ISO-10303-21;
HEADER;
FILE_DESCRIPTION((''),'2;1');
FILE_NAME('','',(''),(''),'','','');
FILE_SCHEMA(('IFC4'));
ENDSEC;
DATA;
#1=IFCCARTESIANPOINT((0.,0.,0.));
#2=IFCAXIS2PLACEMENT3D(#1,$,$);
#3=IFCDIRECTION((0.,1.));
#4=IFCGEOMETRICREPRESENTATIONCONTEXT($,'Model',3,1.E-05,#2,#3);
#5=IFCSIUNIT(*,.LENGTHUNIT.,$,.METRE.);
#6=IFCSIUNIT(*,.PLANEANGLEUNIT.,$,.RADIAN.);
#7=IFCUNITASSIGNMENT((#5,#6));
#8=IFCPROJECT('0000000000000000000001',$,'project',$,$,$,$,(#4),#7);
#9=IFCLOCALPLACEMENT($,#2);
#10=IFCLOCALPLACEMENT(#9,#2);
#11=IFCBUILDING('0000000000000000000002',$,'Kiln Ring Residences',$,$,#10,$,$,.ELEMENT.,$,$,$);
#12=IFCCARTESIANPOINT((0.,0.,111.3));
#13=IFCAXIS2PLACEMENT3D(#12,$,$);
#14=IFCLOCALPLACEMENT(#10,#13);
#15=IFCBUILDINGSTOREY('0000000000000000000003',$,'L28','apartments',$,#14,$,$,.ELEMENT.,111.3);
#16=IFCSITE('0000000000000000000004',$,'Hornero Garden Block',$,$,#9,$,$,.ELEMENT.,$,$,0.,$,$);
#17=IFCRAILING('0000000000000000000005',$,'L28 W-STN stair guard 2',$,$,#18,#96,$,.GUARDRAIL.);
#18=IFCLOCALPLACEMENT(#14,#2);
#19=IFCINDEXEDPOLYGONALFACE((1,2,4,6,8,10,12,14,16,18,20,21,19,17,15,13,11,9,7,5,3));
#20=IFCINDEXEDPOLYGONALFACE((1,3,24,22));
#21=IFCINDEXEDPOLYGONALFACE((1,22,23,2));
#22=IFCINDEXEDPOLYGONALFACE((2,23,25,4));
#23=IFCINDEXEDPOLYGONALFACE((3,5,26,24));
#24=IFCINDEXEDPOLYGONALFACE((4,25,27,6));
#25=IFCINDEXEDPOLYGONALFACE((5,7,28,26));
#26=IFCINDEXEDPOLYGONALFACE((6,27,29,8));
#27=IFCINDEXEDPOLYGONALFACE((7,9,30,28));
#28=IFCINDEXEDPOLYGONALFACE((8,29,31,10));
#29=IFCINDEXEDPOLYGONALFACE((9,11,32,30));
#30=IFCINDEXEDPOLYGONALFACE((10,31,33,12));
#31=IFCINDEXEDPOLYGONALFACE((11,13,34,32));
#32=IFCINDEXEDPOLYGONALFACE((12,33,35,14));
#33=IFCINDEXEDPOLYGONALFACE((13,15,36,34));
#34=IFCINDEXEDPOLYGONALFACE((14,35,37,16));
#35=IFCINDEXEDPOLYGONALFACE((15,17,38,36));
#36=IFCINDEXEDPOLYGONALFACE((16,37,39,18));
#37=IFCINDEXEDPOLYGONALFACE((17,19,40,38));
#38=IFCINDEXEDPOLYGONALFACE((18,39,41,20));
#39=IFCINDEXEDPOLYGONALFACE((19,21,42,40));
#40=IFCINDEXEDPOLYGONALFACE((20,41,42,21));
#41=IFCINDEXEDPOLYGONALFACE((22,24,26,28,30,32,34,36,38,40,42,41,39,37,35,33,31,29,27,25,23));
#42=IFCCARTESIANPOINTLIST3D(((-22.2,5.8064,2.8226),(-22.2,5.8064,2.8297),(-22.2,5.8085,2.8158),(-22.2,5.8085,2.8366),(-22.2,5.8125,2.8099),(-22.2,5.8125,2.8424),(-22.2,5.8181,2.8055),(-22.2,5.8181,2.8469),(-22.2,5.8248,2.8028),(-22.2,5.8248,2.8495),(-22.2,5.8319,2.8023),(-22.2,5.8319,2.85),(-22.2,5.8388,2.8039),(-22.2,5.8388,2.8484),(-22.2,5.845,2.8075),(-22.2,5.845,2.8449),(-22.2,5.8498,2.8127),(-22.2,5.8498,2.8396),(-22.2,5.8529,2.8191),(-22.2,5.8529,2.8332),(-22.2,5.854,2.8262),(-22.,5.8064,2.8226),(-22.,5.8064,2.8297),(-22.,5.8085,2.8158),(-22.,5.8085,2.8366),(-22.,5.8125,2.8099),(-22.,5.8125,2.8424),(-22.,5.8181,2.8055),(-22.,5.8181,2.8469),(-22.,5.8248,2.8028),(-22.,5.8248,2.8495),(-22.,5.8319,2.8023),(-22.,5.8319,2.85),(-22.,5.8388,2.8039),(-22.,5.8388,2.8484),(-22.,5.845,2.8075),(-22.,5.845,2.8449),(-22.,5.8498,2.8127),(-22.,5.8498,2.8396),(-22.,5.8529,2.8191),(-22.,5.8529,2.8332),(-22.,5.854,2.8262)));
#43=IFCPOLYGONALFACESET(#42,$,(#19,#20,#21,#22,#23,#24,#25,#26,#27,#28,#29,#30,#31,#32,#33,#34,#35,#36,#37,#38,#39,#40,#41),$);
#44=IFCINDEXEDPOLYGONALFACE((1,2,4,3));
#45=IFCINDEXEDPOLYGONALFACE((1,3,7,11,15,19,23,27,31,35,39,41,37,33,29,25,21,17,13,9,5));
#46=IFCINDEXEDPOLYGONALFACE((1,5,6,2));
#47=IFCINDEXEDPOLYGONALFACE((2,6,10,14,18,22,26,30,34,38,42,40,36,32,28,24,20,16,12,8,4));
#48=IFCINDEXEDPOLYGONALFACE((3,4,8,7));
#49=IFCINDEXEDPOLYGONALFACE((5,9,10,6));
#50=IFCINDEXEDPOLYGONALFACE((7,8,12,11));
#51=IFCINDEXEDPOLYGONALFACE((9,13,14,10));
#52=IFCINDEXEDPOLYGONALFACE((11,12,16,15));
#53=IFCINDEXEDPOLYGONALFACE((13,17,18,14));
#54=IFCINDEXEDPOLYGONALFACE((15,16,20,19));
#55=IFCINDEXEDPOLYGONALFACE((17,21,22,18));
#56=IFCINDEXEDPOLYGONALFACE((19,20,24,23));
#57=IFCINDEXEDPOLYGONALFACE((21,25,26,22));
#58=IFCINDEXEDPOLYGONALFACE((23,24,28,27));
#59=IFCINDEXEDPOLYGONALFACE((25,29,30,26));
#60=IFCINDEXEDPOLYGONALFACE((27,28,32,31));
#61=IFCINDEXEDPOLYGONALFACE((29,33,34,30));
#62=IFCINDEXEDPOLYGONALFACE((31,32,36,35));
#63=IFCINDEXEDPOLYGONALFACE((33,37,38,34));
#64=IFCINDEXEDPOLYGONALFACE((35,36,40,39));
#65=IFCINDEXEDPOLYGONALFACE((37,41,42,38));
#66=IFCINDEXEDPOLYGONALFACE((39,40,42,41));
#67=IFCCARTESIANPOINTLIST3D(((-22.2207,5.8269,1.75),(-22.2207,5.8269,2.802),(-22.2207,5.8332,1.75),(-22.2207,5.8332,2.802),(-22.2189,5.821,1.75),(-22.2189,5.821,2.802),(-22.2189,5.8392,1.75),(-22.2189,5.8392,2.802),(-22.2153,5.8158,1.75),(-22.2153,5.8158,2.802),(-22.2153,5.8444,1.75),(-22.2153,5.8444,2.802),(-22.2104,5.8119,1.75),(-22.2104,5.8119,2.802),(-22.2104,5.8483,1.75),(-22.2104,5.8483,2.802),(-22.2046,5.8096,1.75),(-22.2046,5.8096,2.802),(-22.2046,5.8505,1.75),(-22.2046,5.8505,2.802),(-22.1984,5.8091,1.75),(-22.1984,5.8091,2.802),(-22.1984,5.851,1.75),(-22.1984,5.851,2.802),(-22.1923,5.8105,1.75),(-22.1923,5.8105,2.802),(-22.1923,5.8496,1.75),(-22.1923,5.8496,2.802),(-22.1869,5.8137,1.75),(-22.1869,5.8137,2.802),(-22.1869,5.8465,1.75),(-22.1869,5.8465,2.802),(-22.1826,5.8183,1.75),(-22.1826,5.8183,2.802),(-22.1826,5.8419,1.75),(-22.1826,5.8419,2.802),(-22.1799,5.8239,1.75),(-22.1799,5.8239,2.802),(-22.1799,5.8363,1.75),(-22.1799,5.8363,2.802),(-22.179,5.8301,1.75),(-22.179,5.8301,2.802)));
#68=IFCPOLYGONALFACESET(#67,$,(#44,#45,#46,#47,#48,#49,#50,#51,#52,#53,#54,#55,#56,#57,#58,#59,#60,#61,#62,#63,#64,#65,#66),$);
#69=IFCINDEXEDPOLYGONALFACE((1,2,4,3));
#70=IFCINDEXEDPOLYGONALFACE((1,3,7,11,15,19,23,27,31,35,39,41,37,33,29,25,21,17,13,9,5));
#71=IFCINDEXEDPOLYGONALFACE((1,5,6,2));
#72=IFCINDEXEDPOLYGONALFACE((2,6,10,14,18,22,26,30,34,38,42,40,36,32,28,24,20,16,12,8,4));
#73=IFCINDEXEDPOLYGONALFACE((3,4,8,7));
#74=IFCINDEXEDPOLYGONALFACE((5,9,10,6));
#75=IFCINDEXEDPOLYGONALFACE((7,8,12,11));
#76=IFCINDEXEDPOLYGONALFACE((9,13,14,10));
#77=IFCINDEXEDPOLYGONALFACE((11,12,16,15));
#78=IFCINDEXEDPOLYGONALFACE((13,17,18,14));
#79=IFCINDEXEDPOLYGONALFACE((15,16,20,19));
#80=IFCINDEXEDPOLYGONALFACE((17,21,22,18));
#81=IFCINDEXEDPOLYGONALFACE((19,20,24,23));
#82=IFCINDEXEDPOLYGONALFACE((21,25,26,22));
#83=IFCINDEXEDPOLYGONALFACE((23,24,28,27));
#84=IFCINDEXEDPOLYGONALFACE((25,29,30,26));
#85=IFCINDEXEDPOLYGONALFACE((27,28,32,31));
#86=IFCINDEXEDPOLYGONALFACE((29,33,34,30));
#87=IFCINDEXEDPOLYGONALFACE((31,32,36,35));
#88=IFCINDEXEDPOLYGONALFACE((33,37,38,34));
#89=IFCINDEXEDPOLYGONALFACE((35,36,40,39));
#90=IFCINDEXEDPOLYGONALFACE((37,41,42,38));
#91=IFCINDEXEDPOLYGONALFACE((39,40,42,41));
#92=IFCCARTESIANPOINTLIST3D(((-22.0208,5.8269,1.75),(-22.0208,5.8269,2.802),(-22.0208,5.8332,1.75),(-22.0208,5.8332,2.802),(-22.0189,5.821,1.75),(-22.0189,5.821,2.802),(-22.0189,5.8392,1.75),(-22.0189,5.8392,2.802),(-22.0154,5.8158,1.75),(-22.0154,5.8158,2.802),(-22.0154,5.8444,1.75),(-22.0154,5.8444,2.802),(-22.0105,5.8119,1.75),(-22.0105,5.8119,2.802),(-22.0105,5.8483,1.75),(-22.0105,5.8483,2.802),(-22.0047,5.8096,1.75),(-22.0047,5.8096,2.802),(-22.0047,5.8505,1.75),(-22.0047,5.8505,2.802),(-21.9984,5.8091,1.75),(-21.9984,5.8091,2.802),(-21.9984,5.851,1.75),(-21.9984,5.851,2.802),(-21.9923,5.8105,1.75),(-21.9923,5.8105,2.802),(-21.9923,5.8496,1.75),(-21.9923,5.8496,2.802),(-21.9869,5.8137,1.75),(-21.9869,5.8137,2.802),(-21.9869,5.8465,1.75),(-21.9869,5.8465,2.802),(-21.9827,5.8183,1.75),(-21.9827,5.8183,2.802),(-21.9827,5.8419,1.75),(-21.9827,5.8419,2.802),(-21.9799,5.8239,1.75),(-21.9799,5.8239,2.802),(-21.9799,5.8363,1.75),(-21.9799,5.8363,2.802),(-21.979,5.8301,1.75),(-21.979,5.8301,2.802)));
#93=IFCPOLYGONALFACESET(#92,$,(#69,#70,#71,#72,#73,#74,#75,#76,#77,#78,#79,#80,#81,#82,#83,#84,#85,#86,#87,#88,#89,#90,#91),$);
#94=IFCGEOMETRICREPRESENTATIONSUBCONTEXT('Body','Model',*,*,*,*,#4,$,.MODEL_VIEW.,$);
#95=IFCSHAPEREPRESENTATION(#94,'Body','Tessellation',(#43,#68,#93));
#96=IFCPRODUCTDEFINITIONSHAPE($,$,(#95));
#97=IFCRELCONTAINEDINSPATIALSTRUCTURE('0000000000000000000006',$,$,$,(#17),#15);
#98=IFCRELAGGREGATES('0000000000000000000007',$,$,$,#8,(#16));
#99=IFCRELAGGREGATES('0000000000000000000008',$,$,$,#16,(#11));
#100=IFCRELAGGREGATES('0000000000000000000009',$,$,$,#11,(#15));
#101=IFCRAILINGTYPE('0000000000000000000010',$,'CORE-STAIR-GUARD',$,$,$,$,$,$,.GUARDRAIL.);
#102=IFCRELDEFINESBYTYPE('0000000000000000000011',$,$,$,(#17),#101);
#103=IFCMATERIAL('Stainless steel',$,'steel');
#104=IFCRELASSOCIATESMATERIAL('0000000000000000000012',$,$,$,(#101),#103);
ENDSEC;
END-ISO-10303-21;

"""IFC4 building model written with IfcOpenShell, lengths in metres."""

from ifc_helpers import new_model, si_unit, direction, frame, origin, origin_2d, place, context, subcontext, project, spatial, circle, extrude, material, type_object, element, save


model = new_model("IFC4")

# Units and contexts
model_context = context("Model", 3, precision=1e-05, world=origin(), true_north=direction((0.0, 1.0)))
body_context = subcontext(model_context, "Body", "Model", "MODEL_VIEW")
ifc_project = project(units=[si_unit("LENGTHUNIT", "METRE"), si_unit("PLANEANGLEUNIT", "RADIAN")], contexts=[model_context])

# Site, building, storey
site_placement = place(None, origin())
site = spatial("IfcSite", under=ifc_project, at=site_placement, Name="Hornero Garden Block", CompositionType="ELEMENT", RefElevation=0.0)
building_placement = place(site_placement, origin())
building = spatial("IfcBuilding", under=site, at=building_placement, Name="Kiln Ring Residences", CompositionType="ELEMENT")
storey_placement = place(building_placement, frame((0.0, 0.0, 111.3)))
storey = spatial("IfcBuildingStorey", under=building, at=storey_placement, Name="L28", Description="apartments", CompositionType="ELEMENT", Elevation=111.3)

# Railing
ifc_material_1 = material(Name="Stainless steel", Category="steel")
railing_type_1 = type_object("IfcRailingType", Name="CORE-STAIR-GUARD", PredefinedType="GUARDRAIL", material=ifc_material_1)
railing_1_placement = place(storey_placement, frame((-22.2, 5.8301, 1.75)))
element("IfcRailing", 1, at=railing_1_placement, inside=storey, type_object=railing_type_1, Name="L28 W-STN stair guard 2", PredefinedType="GUARDRAIL", context=body_context, shape_type="SweptSolid", body=[
    extrude(circle(Radius=0.0239, at=origin_2d()), frame((0.0, 0.0, 1.0762), z_axis=(1.0, 0.0, 0.0), x_axis=(0.0, 1.0, 0.0)), (0.0, 0.0, 1.0), 0.2),
    extrude(circle(Radius=0.021, at=origin_2d()), origin(), (0.0, 0.0, 1.0), 1.052),
    extrude(circle(Radius=0.021, at=origin_2d()), frame((0.2, 0.0, 0.0)), (0.0, 0.0, 1.0), 1.052),
])

save(model, "model.ifc")
